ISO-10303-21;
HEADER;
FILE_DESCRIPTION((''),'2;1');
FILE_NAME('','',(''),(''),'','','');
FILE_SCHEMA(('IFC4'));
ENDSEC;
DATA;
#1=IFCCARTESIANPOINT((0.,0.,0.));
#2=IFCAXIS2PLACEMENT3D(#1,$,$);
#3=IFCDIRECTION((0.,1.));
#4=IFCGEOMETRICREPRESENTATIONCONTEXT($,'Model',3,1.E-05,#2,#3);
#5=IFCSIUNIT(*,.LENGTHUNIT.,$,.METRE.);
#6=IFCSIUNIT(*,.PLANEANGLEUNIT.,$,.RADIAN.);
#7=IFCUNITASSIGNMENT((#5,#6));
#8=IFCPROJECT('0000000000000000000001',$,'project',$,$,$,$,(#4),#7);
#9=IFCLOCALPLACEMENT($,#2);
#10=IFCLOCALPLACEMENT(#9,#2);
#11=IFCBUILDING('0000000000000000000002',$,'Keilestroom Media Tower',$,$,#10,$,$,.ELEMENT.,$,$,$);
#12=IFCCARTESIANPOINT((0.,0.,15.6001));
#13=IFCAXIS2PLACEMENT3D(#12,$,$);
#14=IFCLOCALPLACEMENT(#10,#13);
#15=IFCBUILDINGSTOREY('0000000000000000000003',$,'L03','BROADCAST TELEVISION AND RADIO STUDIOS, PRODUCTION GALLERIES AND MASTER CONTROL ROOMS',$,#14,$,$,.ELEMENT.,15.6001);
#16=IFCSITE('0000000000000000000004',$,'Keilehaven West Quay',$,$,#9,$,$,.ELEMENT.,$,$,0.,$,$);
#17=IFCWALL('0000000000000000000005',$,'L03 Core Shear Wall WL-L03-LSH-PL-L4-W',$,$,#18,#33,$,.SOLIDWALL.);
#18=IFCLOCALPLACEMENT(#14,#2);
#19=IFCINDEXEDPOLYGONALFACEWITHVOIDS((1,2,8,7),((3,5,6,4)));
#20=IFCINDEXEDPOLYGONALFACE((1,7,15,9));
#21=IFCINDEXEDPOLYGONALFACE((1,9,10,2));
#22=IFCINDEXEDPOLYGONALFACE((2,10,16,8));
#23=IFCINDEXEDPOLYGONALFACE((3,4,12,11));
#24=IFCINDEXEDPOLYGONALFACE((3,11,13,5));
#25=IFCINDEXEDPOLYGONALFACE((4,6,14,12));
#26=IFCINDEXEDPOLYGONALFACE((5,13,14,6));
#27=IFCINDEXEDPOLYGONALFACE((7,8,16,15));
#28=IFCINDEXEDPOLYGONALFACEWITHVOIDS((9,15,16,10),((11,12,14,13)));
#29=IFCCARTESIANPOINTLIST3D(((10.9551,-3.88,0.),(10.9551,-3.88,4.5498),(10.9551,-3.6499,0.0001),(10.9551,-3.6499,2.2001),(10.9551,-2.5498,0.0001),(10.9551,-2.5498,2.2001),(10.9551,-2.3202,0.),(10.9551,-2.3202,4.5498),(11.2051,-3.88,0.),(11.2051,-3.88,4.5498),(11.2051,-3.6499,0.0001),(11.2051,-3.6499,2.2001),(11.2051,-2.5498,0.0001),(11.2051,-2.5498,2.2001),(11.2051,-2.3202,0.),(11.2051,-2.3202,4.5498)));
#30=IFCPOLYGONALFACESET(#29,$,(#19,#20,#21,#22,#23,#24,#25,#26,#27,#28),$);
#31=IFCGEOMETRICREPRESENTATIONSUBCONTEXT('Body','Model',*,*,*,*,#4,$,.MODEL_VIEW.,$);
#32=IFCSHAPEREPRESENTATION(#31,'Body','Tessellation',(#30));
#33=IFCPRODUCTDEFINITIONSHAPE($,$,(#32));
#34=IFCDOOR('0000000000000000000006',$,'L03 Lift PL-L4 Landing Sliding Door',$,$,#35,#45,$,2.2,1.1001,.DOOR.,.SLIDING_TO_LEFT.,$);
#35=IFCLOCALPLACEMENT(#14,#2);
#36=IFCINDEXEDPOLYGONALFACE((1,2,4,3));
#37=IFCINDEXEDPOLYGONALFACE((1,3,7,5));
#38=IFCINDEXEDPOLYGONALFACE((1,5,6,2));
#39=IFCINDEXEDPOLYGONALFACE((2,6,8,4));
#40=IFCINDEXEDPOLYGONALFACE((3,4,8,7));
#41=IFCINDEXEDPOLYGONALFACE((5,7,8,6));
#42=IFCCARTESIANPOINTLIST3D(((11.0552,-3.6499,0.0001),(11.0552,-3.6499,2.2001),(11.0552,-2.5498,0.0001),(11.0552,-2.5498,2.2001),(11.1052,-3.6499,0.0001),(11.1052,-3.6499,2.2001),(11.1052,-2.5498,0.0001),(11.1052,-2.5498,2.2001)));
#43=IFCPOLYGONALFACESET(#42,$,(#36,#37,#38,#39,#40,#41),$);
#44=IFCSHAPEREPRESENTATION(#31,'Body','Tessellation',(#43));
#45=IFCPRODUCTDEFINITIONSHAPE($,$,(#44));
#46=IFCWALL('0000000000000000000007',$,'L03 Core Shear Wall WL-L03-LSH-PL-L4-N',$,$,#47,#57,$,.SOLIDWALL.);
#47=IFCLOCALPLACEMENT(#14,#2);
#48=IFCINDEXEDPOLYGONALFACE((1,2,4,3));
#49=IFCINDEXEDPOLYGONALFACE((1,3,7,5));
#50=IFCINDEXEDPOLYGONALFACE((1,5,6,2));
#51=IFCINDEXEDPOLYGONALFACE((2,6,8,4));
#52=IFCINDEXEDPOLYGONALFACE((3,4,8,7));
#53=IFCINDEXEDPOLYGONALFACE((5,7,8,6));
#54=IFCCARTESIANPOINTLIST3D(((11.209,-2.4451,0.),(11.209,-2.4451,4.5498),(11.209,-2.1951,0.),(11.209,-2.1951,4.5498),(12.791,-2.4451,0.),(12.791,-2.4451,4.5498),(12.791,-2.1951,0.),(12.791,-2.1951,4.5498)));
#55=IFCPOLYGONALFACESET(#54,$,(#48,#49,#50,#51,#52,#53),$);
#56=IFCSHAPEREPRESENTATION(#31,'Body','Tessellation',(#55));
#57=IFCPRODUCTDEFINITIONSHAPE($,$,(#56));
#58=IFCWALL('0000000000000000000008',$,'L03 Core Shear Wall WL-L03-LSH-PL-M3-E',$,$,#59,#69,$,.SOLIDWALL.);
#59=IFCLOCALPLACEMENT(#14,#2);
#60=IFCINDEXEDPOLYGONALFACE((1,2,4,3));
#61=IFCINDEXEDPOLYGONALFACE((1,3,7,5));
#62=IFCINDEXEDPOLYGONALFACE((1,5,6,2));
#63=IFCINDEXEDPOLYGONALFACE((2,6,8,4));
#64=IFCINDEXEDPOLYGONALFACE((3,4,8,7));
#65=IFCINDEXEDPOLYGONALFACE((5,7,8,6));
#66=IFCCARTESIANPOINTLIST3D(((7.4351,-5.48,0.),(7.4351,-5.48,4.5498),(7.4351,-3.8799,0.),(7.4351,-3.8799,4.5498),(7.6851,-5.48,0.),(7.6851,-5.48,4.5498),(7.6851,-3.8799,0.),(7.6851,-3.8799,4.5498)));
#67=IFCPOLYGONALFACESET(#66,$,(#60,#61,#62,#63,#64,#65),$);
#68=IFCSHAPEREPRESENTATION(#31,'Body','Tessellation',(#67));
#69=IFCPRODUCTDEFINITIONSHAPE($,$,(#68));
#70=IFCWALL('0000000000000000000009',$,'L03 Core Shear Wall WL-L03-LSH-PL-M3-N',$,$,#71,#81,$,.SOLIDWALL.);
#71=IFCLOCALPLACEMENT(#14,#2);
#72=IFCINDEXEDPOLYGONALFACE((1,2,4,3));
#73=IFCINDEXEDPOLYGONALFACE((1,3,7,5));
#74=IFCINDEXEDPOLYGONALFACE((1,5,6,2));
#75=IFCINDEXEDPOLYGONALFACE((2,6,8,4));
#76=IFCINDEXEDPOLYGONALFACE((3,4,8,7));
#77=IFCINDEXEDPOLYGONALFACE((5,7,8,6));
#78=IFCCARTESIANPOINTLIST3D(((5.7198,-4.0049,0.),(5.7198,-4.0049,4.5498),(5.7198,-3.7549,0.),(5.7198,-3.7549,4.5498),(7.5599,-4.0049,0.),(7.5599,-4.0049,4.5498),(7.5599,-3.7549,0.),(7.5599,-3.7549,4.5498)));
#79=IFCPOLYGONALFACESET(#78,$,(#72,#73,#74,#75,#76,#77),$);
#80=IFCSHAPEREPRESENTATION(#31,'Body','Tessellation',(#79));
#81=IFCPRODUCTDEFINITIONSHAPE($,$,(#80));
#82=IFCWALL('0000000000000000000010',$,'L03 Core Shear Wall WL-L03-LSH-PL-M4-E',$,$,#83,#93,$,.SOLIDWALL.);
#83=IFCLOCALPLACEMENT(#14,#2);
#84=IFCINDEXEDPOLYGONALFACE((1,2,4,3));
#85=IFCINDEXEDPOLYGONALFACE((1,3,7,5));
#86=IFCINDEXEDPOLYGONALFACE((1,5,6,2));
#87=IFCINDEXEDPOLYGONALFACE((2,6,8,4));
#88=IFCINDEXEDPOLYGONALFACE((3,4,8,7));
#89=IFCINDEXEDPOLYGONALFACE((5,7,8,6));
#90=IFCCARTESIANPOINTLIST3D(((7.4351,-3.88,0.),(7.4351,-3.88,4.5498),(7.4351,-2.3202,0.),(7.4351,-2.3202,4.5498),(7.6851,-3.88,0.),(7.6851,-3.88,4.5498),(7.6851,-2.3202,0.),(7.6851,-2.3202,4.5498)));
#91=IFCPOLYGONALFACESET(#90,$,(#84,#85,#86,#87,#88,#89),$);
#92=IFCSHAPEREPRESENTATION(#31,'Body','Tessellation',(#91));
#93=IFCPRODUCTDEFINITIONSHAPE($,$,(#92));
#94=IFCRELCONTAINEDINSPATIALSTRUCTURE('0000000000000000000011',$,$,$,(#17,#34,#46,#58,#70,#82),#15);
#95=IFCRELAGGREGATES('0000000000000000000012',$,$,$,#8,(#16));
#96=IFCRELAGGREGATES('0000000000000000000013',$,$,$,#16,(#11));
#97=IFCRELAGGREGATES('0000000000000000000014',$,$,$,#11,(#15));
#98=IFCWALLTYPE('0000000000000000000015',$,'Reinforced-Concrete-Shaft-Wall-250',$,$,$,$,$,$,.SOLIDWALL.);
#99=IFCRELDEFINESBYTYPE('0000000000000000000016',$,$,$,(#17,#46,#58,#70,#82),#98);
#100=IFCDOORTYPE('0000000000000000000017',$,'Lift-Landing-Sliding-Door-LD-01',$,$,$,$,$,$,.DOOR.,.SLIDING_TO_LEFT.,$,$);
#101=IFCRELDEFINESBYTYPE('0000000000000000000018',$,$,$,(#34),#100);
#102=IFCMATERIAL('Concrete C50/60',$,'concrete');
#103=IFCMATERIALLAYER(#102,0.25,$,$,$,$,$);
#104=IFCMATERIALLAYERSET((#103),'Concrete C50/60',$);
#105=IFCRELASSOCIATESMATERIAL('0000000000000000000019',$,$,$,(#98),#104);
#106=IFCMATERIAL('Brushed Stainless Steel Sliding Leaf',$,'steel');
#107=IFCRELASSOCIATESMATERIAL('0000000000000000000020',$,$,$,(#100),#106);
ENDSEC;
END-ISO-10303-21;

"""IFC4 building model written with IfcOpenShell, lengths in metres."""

from ifc_helpers import new_model, si_unit, direction, frame, frame_2d, origin, place, context, subcontext, project, spatial, rectangle, extrude, source, transform, mapped, material, layer, layer_set, type_object, element, fill, save


model = new_model("IFC4")

# Units and contexts
model_context = context("Model", 3, precision=1e-05, world=origin(), true_north=direction((0.0, 1.0)))
body_context = subcontext(model_context, "Body", "Model", "MODEL_VIEW")
ifc_project = project(units=[si_unit("LENGTHUNIT", "METRE"), si_unit("PLANEANGLEUNIT", "RADIAN")], contexts=[model_context])

# Site, building, storey
site_placement = place(None, origin())
site = spatial("IfcSite", under=ifc_project, at=site_placement, Name="Keilehaven West Quay", CompositionType="ELEMENT", RefElevation=0.0)
building_placement = place(site_placement, origin())
building = spatial("IfcBuilding", under=site, at=building_placement, Name="Keilestroom Media Tower", CompositionType="ELEMENT")
storey_placement = place(building_placement, frame((0.0, 0.0, 15.6001)))
storey = spatial("IfcBuildingStorey", under=building, at=storey_placement, Name="L03", Description="BROADCAST TELEVISION AND RADIO STUDIOS, PRODUCTION GALLERIES AND MASTER CONTROL ROOMS", CompositionType="ELEMENT", Elevation=15.6001)

# Shared definitions
ifc_material_1 = material(Name="Concrete C50/60", Category="concrete")
ifc_layer_1 = layer(ifc_material_1, 0.25)
ifc_layer_set_1 = layer_set([ifc_layer_1], Name="Concrete C50/60")
wall_type_1 = type_object("IfcWallType", Name="Reinforced-Concrete-Shaft-Wall-250", PredefinedType="SOLIDWALL", material=ifc_layer_set_1)

# Shared definitions
ifc_material_2 = material(Name="Brushed Stainless Steel Sliding Leaf", Category="steel")

# Shared definitions
door_type_1 = type_object("IfcDoorType", Name="Lift-Landing-Sliding-Door-LD-01", OperationType="SLIDING_TO_LEFT", PredefinedType="DOOR", material=ifc_material_2)
shared_shape_1 = source(origin(), body_context, "Body", "SweptSolid", [
    extrude(rectangle(XDim=1.1001, YDim=2.2, at=frame_2d((0.55, 1.1001))), frame((0.0, 0.0249, 0.0), z_axis=(0.0, -1.0, 0.0), x_axis=(1.0, 0.0, 0.0)), (0.0, 0.0, 1.0), 0.05),
])

# Wall, opening, door
wall_1_placement = place(storey_placement, frame((11.0801, -3.8799, 0.0), z_axis=(0.0, 0.0, 1.0), x_axis=(0.0, 1.0, 0.0)))
wall_1 = element("IfcWall", 1, at=wall_1_placement, inside=storey, type_object=wall_type_1, Name="L03 Core Shear Wall WL-L03-LSH-PL-L4-W", PredefinedType="SOLIDWALL", context=body_context, shape_type="SweptSolid", body=[
    extrude(rectangle(XDim=1.5598, YDim=0.25, at=frame_2d((0.7798, 0.0))), origin(), (0.0, 0.0, 1.0), 4.5498),
])
opening_1_placement = place(wall_1_placement, frame((0.23, 0.0, 0.0)))
opening_1 = element("IfcOpeningElement", 2, at=opening_1_placement, cuts=wall_1, PredefinedType="OPENING", context=body_context, shape_type="SweptSolid", body=[
    extrude(rectangle(XDim=1.1001, YDim=2.2, at=frame_2d((0.55, 1.1001))), frame((0.0, 0.135, 0.0), z_axis=(0.0, -1.0, 0.0), x_axis=(1.0, 0.0, 0.0)), (0.0, 0.0, 1.0), 0.27),
])
door_1_placement = place(opening_1_placement, origin())
door_1 = element("IfcDoor", 3, at=door_1_placement, inside=storey, type_object=door_type_1, Name="L03 Lift PL-L4 Landing Sliding Door", OperationType="SLIDING_TO_LEFT", OverallHeight=2.2, OverallWidth=1.1001, PredefinedType="DOOR", context=body_context, shape_type="MappedRepresentation", body=[
    mapped(shared_shape_1, transform((0.0, 0.0, 0.0), x_axis=(1.0, 0.0, 0.0), y_axis=(0.0, 1.0, 0.0), z_axis=(0.0, 0.0, 1.0), scale=1.0)),
])
fill(opening_1, door_1)

# Walls
wall_2_placement = place(storey_placement, frame((11.209, -2.3201, 0.0), z_axis=(0.0, 0.0, 1.0), x_axis=(1.0, 0.0, 0.0)))
element("IfcWall", 4, at=wall_2_placement, inside=storey, type_object=wall_type_1, Name="L03 Core Shear Wall WL-L03-LSH-PL-L4-N", PredefinedType="SOLIDWALL", context=body_context, shape_type="SweptSolid", body=[
    extrude(rectangle(XDim=1.582, YDim=0.25, at=frame_2d((0.791, 0.0))), origin(), (0.0, 0.0, 1.0), 4.5498),
])
wall_3_placement = place(storey_placement, frame((7.5601, -5.48, 0.0), z_axis=(0.0, 0.0, 1.0), x_axis=(0.0, 1.0, 0.0)))
element("IfcWall", 5, at=wall_3_placement, inside=storey, type_object=wall_type_1, Name="L03 Core Shear Wall WL-L03-LSH-PL-M3-E", PredefinedType="SOLIDWALL", context=body_context, shape_type="SweptSolid", body=[
    extrude(rectangle(XDim=1.6001, YDim=0.25, at=frame_2d((0.8, 0.0))), origin(), (0.0, 0.0, 1.0), 4.5498),
])
wall_4_placement = place(storey_placement, frame((5.72, -3.8799, 0.0), z_axis=(0.0, 0.0, 1.0), x_axis=(1.0, 0.0, 0.0)))
element("IfcWall", 6, at=wall_4_placement, inside=storey, type_object=wall_type_1, Name="L03 Core Shear Wall WL-L03-LSH-PL-M3-N", PredefinedType="SOLIDWALL", context=body_context, shape_type="SweptSolid", body=[
    extrude(rectangle(XDim=1.8401, YDim=0.25, at=frame_2d((0.9199, 0.0))), origin(), (0.0, 0.0, 1.0), 4.5498),
])
wall_5_placement = place(storey_placement, frame((7.5601, -3.8799, 0.0), z_axis=(0.0, 0.0, 1.0), x_axis=(0.0, 1.0, 0.0)))
element("IfcWall", 7, at=wall_5_placement, inside=storey, type_object=wall_type_1, Name="L03 Core Shear Wall WL-L03-LSH-PL-M4-E", PredefinedType="SOLIDWALL", context=body_context, shape_type="SweptSolid", body=[
    extrude(rectangle(XDim=1.5598, YDim=0.25, at=frame_2d((0.7798, 0.0))), origin(), (0.0, 0.0, 1.0), 4.5498),
])

save(model, "model.ifc")
